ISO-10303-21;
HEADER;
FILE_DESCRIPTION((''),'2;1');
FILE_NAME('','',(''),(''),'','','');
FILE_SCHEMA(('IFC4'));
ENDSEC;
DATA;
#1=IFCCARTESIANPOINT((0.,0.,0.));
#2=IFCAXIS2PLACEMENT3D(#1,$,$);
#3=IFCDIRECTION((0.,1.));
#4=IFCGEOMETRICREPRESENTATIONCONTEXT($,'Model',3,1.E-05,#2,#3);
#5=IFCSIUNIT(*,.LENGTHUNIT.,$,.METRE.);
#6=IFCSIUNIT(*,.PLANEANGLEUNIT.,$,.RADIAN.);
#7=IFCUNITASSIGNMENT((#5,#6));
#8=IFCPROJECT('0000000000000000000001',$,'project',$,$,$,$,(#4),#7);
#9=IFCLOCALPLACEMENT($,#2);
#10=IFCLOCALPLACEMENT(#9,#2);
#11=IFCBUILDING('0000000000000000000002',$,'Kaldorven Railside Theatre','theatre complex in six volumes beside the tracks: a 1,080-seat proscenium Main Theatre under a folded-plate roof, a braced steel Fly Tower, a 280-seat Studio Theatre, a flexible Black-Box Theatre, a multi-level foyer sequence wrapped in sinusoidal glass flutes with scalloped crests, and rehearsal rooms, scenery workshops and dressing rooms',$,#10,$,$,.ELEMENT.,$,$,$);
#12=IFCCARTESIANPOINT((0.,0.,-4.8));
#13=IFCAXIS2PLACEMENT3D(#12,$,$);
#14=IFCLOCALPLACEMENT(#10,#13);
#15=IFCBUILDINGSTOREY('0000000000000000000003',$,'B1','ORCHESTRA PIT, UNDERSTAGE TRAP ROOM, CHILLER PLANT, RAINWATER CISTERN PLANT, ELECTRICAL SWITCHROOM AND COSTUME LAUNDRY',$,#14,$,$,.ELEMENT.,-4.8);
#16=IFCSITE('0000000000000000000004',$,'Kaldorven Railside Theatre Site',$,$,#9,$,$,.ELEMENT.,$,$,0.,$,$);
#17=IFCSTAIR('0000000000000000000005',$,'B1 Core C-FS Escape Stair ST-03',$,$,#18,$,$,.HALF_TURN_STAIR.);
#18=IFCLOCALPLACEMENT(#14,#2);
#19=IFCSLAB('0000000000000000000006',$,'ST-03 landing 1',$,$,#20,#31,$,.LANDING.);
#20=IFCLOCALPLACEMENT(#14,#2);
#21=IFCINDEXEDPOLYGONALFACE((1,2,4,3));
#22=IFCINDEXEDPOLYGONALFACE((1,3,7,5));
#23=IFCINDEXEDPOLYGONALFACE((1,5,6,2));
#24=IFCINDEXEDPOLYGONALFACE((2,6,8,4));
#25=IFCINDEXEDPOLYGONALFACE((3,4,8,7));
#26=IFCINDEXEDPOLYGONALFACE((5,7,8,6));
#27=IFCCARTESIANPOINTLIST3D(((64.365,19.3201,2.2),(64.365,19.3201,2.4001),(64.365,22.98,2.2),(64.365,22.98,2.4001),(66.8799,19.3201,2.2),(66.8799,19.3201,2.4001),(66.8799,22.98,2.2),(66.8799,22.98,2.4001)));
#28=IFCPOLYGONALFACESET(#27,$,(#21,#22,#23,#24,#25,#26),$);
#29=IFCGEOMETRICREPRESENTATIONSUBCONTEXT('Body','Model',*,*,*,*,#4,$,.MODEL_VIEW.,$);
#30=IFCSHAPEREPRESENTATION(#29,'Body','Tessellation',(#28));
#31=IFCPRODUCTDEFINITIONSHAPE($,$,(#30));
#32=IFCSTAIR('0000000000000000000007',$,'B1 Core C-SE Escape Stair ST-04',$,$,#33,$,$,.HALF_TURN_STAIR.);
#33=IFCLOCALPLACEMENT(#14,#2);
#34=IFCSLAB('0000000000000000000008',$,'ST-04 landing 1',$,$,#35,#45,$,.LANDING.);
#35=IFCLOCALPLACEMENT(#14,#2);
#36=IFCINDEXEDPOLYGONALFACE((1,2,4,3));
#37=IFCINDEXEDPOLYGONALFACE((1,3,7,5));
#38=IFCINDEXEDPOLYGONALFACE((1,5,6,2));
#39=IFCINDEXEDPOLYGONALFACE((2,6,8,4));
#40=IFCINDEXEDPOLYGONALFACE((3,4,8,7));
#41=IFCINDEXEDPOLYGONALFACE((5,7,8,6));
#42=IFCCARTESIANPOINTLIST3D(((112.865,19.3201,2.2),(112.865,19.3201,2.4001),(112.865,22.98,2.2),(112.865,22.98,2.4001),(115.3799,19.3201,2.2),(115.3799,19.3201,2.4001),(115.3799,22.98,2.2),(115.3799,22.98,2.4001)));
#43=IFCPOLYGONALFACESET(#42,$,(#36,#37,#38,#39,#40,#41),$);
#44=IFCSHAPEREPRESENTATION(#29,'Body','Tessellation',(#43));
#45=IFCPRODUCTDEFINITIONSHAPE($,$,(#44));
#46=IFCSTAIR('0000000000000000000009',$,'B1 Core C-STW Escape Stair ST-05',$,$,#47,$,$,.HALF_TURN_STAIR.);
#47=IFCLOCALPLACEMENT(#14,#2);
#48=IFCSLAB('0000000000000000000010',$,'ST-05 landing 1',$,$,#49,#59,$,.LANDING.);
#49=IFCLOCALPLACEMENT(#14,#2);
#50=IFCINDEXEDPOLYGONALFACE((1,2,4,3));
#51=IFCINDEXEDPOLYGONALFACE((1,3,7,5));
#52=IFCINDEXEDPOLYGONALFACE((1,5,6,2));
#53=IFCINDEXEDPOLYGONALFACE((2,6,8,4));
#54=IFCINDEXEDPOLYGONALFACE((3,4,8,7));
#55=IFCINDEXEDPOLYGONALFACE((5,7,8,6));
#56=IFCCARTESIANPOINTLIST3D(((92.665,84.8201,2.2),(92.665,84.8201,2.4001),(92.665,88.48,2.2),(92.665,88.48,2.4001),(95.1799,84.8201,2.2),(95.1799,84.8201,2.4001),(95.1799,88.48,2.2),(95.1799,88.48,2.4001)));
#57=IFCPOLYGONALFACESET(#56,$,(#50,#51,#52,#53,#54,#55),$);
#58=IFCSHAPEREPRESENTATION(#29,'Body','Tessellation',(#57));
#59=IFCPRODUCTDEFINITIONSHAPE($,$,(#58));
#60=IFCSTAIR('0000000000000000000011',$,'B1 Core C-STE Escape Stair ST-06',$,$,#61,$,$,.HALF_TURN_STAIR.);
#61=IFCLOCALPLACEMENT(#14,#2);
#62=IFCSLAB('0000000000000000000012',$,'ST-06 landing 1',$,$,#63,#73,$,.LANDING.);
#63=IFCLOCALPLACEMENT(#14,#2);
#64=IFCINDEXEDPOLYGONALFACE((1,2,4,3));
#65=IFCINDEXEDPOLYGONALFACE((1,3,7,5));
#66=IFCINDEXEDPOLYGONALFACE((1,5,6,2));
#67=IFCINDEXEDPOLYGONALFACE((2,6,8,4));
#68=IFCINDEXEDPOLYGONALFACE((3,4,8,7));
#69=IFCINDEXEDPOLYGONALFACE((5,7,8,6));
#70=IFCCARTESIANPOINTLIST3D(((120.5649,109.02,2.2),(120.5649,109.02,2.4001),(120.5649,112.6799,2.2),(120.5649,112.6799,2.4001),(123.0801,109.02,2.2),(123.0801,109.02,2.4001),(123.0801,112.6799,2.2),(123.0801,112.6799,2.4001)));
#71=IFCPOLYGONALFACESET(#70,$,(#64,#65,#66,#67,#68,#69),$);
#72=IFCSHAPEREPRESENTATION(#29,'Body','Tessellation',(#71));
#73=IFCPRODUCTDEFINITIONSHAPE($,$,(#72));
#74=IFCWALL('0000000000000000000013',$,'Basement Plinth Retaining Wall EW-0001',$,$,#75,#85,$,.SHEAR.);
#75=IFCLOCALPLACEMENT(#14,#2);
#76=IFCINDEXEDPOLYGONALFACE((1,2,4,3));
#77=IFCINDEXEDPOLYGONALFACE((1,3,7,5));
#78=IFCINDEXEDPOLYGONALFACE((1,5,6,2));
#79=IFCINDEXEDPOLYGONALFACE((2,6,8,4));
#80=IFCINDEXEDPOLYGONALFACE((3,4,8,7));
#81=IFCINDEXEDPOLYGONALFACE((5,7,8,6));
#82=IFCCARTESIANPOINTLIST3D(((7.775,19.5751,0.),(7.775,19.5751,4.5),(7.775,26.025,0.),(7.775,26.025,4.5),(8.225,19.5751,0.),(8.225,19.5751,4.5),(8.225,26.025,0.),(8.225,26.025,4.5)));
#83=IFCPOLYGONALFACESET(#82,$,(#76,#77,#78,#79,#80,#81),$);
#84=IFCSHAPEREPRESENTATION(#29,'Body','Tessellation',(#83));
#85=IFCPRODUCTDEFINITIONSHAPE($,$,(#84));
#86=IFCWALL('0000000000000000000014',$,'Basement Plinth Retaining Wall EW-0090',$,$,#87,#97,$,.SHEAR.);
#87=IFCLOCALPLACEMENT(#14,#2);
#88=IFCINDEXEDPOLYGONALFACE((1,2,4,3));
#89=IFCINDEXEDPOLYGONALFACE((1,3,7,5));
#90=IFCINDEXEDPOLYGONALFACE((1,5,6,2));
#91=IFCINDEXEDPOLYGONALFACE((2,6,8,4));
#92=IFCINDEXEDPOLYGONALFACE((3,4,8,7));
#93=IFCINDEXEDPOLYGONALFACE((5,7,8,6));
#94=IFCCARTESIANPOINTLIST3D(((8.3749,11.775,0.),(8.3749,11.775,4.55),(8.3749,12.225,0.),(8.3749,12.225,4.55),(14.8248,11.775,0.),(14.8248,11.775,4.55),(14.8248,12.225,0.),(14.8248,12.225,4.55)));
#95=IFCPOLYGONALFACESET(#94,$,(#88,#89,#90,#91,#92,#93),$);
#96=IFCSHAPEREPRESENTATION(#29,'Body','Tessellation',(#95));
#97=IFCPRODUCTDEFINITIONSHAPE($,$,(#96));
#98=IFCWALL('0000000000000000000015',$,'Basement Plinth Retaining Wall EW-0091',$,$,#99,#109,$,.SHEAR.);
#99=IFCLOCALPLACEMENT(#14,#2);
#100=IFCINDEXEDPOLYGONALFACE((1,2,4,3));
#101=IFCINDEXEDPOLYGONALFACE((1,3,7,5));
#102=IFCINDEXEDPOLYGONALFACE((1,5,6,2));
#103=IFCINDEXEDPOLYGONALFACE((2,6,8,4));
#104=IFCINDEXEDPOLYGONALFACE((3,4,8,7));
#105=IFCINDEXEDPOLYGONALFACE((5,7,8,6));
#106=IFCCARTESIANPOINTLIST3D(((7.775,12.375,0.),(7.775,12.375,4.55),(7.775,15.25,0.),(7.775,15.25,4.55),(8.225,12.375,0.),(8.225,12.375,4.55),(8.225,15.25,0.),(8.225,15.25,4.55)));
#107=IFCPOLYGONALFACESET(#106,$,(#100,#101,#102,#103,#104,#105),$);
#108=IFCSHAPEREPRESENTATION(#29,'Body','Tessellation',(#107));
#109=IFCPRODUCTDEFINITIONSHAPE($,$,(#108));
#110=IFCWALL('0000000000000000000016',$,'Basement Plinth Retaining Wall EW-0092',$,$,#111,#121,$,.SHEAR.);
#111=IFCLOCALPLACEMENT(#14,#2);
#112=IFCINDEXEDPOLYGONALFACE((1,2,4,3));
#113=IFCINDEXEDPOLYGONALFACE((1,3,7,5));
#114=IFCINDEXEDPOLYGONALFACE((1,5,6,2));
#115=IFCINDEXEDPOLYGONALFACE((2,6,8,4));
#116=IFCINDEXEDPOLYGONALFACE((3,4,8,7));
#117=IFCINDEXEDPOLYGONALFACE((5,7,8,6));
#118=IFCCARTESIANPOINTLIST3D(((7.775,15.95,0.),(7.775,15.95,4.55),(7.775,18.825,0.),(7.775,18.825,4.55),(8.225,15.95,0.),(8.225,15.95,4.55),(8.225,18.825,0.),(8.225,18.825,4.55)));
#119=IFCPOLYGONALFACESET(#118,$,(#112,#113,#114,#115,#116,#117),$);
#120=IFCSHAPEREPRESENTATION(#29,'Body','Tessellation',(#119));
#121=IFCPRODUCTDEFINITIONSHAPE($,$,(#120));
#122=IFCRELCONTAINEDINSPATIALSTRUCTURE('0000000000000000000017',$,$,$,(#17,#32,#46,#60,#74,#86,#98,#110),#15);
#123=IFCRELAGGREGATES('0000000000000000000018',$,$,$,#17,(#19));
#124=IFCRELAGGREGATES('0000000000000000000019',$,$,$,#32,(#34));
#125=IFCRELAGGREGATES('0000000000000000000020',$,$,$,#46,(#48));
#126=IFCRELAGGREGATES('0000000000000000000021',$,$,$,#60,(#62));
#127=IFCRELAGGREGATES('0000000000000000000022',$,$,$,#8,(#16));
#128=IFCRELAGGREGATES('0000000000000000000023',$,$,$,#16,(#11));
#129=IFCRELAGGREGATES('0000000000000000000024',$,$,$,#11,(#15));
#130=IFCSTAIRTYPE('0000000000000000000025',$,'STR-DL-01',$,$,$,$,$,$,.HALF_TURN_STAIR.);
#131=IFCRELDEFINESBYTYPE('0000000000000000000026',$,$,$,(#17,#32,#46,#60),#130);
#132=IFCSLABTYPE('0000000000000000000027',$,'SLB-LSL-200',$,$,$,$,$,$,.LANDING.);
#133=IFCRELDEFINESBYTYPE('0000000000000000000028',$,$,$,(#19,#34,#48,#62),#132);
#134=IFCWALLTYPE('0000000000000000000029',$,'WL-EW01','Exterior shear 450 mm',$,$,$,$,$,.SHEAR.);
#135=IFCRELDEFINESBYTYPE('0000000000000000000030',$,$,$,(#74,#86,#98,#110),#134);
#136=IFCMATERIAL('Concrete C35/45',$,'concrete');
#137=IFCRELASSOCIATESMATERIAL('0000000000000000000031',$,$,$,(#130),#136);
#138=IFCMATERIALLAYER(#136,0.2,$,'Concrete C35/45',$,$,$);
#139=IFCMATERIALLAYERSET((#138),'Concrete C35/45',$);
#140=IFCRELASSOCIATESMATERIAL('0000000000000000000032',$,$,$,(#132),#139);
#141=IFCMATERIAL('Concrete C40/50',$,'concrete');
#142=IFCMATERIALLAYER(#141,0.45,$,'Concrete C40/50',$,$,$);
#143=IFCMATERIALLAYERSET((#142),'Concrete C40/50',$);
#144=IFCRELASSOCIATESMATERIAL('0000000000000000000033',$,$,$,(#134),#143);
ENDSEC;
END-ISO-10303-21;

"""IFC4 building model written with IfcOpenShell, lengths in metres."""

from ifc_helpers import new_model, si_unit, direction, frame, frame_2d, origin, place, context, subcontext, project, spatial, polyline, rectangle, outline, extrude, material, layer, layer_set, type_object, element, aggregate, save


model = new_model("IFC4")

# Units and contexts
model_context = context("Model", 3, precision=1e-05, world=origin(), true_north=direction((0.0, 1.0)))
body_context = subcontext(model_context, "Body", "Model", "MODEL_VIEW")
ifc_project = project(units=[si_unit("LENGTHUNIT", "METRE"), si_unit("PLANEANGLEUNIT", "RADIAN")], contexts=[model_context])

# Site, building, storey
site_placement = place(None, origin())
site = spatial("IfcSite", under=ifc_project, at=site_placement, Name="Kaldorven Railside Theatre Site", CompositionType="ELEMENT", RefElevation=0.0)
building_placement = place(site_placement, origin())
building = spatial("IfcBuilding", under=site, at=building_placement, Name="Kaldorven Railside Theatre", Description="theatre complex in six volumes beside the tracks: a 1,080-seat proscenium Main Theatre under a folded-plate roof, a braced steel Fly Tower, a 280-seat Studio Theatre, a flexible Black-Box Theatre, a multi-level foyer sequence wrapped in sinusoidal glass flutes with scalloped crests, and rehearsal rooms, scenery workshops and dressing rooms", CompositionType="ELEMENT")
storey_placement = place(building_placement, frame((0.0, 0.0, -4.8)))
storey = spatial("IfcBuildingStorey", under=building, at=storey_placement, Name="B1", Description="ORCHESTRA PIT, UNDERSTAGE TRAP ROOM, CHILLER PLANT, RAINWATER CISTERN PLANT, ELECTRICAL SWITCHROOM AND COSTUME LAUNDRY", CompositionType="ELEMENT", Elevation=-4.8)

# Shared definitions
ifc_material_1 = material(Name="Concrete C40/50", Category="concrete")

# Shared definitions
ifc_material_2 = material(Name="Concrete C35/45", Category="concrete")

# Stairs, slabs
stair_type = type_object("IfcStairType", Name="STR-DL-01", PredefinedType="HALF_TURN_STAIR", material=ifc_material_2)
ifc_layer_1 = layer(ifc_material_2, 0.2, Name="Concrete C35/45")
ifc_layer_set_1 = layer_set([ifc_layer_1], Name="Concrete C35/45")
slab_type_1 = type_object("IfcSlabType", Name="SLB-LSL-200", PredefinedType="LANDING", material=ifc_layer_set_1)
stair_1_placement = place(storey_placement, origin())
stair_1 = element("IfcStair", 1, at=stair_1_placement, inside=storey, type_object=stair_type, Name="B1 Core C-FS Escape Stair ST-03", PredefinedType="HALF_TURN_STAIR")
slab_1_placement = place(storey_placement, frame((0.0, 0.0, 2.2)))
slab_1 = element("IfcSlab", 2, at=slab_1_placement, type_object=slab_type_1, Name="ST-03 landing 1", PredefinedType="LANDING", context=body_context, shape_type="SweptSolid", body=[
    extrude(outline(polyline([(64.365, 19.3201), (66.8799, 19.3201), (66.8799, 22.98), (64.365, 22.98), (64.365, 19.3201)])), origin(), (0.0, 0.0, 1.0), 0.2002),
])
aggregate(stair_1, [slab_1])
stair_2_placement = place(storey_placement, origin())
stair_2 = element("IfcStair", 3, at=stair_2_placement, inside=storey, type_object=stair_type, Name="B1 Core C-SE Escape Stair ST-04", PredefinedType="HALF_TURN_STAIR")
slab_2_placement = place(storey_placement, frame((0.0, 0.0, 2.2)))
slab_2 = element("IfcSlab", 4, at=slab_2_placement, type_object=slab_type_1, Name="ST-04 landing 1", PredefinedType="LANDING", context=body_context, shape_type="SweptSolid", body=[
    extrude(outline(polyline([(112.865, 19.3201), (115.3799, 19.3201), (115.3799, 22.98), (112.865, 22.98), (112.865, 19.3201)])), origin(), (0.0, 0.0, 1.0), 0.2002),
])
aggregate(stair_2, [slab_2])
stair_3_placement = place(storey_placement, origin())
stair_3 = element("IfcStair", 5, at=stair_3_placement, inside=storey, type_object=stair_type, Name="B1 Core C-STW Escape Stair ST-05", PredefinedType="HALF_TURN_STAIR")
slab_3_placement = place(storey_placement, frame((0.0, 0.0, 2.2)))
slab_3 = element("IfcSlab", 6, at=slab_3_placement, type_object=slab_type_1, Name="ST-05 landing 1", PredefinedType="LANDING", context=body_context, shape_type="SweptSolid", body=[
    extrude(outline(polyline([(92.665, 84.8201), (95.1799, 84.8201), (95.1799, 88.48), (92.665, 88.48), (92.665, 84.8201)])), origin(), (0.0, 0.0, 1.0), 0.2002),
])
aggregate(stair_3, [slab_3])
stair_4_placement = place(storey_placement, origin())
stair_4 = element("IfcStair", 7, at=stair_4_placement, inside=storey, type_object=stair_type, Name="B1 Core C-STE Escape Stair ST-06", PredefinedType="HALF_TURN_STAIR")
slab_4_placement = place(storey_placement, frame((0.0, 0.0, 2.2)))
slab_4 = element("IfcSlab", 8, at=slab_4_placement, type_object=slab_type_1, Name="ST-06 landing 1", PredefinedType="LANDING", context=body_context, shape_type="SweptSolid", body=[
    extrude(outline(polyline([(120.5649, 109.02), (123.0801, 109.02), (123.0801, 112.6799), (120.5649, 112.6799), (120.5649, 109.02)])), origin(), (0.0, 0.0, 1.0), 0.2002),
])
aggregate(stair_4, [slab_4])

# Walls
ifc_layer_2 = layer(ifc_material_1, 0.45, Name="Concrete C40/50")
ifc_layer_set_2 = layer_set([ifc_layer_2], Name="Concrete C40/50")
wall_type = type_object("IfcWallType", Name="WL-EW01", Description="Exterior shear 450 mm", PredefinedType="SHEAR", material=ifc_layer_set_2)
wall_1_placement = place(storey_placement, frame((8.0, 19.575, 0.0), z_axis=(0.0, 0.0, 1.0), x_axis=(0.0, 1.0, 0.0)))
element("IfcWall", 9, at=wall_1_placement, inside=storey, type_object=wall_type, Name="Basement Plinth Retaining Wall EW-0001", PredefinedType="SHEAR", context=body_context, shape_type="SweptSolid", body=[
    extrude(rectangle(XDim=6.45, YDim=0.45, at=frame_2d((3.2251, 0.0))), origin(), (0.0, 0.0, 1.0), 4.5),
])
wall_2_placement = place(storey_placement, frame((14.825, 12.0, 0.0), z_axis=(0.0, 0.0, 1.0), x_axis=(-1.0, 0.0, 0.0)))
element("IfcWall", 10, at=wall_2_placement, inside=storey, type_object=wall_type, Name="Basement Plinth Retaining Wall EW-0090", PredefinedType="SHEAR", context=body_context, shape_type="SweptSolid", body=[
    extrude(rectangle(XDim=6.45, YDim=0.45, at=frame_2d((3.2251, 0.0))), origin(), (0.0, 0.0, 1.0), 4.55),
])
for number, where, z_axis, x_axis, name in (
    (11, (8.0, 12.375, 0.0), (0.0, 0.0, 1.0), (0.0, 1.0, 0.0), "Basement Plinth Retaining Wall EW-0091"),
    (12, (8.0, 15.95, 0.0), (0.0, 0.0, 1.0), (0.0, 1.0, 0.0), "Basement Plinth Retaining Wall EW-0092"),
):
    element("IfcWall", number, at=place(storey_placement, frame(where, z_axis=z_axis, x_axis=x_axis)), inside=storey, type_object=wall_type, Name=name, PredefinedType="SHEAR", context=body_context, shape_type="SweptSolid", body=[
        extrude(rectangle(XDim=2.875, YDim=0.45, at=frame_2d((1.4375, 0.0))), origin(), (0.0, 0.0, 1.0), 4.55),
    ])

save(model, "model.ifc")
